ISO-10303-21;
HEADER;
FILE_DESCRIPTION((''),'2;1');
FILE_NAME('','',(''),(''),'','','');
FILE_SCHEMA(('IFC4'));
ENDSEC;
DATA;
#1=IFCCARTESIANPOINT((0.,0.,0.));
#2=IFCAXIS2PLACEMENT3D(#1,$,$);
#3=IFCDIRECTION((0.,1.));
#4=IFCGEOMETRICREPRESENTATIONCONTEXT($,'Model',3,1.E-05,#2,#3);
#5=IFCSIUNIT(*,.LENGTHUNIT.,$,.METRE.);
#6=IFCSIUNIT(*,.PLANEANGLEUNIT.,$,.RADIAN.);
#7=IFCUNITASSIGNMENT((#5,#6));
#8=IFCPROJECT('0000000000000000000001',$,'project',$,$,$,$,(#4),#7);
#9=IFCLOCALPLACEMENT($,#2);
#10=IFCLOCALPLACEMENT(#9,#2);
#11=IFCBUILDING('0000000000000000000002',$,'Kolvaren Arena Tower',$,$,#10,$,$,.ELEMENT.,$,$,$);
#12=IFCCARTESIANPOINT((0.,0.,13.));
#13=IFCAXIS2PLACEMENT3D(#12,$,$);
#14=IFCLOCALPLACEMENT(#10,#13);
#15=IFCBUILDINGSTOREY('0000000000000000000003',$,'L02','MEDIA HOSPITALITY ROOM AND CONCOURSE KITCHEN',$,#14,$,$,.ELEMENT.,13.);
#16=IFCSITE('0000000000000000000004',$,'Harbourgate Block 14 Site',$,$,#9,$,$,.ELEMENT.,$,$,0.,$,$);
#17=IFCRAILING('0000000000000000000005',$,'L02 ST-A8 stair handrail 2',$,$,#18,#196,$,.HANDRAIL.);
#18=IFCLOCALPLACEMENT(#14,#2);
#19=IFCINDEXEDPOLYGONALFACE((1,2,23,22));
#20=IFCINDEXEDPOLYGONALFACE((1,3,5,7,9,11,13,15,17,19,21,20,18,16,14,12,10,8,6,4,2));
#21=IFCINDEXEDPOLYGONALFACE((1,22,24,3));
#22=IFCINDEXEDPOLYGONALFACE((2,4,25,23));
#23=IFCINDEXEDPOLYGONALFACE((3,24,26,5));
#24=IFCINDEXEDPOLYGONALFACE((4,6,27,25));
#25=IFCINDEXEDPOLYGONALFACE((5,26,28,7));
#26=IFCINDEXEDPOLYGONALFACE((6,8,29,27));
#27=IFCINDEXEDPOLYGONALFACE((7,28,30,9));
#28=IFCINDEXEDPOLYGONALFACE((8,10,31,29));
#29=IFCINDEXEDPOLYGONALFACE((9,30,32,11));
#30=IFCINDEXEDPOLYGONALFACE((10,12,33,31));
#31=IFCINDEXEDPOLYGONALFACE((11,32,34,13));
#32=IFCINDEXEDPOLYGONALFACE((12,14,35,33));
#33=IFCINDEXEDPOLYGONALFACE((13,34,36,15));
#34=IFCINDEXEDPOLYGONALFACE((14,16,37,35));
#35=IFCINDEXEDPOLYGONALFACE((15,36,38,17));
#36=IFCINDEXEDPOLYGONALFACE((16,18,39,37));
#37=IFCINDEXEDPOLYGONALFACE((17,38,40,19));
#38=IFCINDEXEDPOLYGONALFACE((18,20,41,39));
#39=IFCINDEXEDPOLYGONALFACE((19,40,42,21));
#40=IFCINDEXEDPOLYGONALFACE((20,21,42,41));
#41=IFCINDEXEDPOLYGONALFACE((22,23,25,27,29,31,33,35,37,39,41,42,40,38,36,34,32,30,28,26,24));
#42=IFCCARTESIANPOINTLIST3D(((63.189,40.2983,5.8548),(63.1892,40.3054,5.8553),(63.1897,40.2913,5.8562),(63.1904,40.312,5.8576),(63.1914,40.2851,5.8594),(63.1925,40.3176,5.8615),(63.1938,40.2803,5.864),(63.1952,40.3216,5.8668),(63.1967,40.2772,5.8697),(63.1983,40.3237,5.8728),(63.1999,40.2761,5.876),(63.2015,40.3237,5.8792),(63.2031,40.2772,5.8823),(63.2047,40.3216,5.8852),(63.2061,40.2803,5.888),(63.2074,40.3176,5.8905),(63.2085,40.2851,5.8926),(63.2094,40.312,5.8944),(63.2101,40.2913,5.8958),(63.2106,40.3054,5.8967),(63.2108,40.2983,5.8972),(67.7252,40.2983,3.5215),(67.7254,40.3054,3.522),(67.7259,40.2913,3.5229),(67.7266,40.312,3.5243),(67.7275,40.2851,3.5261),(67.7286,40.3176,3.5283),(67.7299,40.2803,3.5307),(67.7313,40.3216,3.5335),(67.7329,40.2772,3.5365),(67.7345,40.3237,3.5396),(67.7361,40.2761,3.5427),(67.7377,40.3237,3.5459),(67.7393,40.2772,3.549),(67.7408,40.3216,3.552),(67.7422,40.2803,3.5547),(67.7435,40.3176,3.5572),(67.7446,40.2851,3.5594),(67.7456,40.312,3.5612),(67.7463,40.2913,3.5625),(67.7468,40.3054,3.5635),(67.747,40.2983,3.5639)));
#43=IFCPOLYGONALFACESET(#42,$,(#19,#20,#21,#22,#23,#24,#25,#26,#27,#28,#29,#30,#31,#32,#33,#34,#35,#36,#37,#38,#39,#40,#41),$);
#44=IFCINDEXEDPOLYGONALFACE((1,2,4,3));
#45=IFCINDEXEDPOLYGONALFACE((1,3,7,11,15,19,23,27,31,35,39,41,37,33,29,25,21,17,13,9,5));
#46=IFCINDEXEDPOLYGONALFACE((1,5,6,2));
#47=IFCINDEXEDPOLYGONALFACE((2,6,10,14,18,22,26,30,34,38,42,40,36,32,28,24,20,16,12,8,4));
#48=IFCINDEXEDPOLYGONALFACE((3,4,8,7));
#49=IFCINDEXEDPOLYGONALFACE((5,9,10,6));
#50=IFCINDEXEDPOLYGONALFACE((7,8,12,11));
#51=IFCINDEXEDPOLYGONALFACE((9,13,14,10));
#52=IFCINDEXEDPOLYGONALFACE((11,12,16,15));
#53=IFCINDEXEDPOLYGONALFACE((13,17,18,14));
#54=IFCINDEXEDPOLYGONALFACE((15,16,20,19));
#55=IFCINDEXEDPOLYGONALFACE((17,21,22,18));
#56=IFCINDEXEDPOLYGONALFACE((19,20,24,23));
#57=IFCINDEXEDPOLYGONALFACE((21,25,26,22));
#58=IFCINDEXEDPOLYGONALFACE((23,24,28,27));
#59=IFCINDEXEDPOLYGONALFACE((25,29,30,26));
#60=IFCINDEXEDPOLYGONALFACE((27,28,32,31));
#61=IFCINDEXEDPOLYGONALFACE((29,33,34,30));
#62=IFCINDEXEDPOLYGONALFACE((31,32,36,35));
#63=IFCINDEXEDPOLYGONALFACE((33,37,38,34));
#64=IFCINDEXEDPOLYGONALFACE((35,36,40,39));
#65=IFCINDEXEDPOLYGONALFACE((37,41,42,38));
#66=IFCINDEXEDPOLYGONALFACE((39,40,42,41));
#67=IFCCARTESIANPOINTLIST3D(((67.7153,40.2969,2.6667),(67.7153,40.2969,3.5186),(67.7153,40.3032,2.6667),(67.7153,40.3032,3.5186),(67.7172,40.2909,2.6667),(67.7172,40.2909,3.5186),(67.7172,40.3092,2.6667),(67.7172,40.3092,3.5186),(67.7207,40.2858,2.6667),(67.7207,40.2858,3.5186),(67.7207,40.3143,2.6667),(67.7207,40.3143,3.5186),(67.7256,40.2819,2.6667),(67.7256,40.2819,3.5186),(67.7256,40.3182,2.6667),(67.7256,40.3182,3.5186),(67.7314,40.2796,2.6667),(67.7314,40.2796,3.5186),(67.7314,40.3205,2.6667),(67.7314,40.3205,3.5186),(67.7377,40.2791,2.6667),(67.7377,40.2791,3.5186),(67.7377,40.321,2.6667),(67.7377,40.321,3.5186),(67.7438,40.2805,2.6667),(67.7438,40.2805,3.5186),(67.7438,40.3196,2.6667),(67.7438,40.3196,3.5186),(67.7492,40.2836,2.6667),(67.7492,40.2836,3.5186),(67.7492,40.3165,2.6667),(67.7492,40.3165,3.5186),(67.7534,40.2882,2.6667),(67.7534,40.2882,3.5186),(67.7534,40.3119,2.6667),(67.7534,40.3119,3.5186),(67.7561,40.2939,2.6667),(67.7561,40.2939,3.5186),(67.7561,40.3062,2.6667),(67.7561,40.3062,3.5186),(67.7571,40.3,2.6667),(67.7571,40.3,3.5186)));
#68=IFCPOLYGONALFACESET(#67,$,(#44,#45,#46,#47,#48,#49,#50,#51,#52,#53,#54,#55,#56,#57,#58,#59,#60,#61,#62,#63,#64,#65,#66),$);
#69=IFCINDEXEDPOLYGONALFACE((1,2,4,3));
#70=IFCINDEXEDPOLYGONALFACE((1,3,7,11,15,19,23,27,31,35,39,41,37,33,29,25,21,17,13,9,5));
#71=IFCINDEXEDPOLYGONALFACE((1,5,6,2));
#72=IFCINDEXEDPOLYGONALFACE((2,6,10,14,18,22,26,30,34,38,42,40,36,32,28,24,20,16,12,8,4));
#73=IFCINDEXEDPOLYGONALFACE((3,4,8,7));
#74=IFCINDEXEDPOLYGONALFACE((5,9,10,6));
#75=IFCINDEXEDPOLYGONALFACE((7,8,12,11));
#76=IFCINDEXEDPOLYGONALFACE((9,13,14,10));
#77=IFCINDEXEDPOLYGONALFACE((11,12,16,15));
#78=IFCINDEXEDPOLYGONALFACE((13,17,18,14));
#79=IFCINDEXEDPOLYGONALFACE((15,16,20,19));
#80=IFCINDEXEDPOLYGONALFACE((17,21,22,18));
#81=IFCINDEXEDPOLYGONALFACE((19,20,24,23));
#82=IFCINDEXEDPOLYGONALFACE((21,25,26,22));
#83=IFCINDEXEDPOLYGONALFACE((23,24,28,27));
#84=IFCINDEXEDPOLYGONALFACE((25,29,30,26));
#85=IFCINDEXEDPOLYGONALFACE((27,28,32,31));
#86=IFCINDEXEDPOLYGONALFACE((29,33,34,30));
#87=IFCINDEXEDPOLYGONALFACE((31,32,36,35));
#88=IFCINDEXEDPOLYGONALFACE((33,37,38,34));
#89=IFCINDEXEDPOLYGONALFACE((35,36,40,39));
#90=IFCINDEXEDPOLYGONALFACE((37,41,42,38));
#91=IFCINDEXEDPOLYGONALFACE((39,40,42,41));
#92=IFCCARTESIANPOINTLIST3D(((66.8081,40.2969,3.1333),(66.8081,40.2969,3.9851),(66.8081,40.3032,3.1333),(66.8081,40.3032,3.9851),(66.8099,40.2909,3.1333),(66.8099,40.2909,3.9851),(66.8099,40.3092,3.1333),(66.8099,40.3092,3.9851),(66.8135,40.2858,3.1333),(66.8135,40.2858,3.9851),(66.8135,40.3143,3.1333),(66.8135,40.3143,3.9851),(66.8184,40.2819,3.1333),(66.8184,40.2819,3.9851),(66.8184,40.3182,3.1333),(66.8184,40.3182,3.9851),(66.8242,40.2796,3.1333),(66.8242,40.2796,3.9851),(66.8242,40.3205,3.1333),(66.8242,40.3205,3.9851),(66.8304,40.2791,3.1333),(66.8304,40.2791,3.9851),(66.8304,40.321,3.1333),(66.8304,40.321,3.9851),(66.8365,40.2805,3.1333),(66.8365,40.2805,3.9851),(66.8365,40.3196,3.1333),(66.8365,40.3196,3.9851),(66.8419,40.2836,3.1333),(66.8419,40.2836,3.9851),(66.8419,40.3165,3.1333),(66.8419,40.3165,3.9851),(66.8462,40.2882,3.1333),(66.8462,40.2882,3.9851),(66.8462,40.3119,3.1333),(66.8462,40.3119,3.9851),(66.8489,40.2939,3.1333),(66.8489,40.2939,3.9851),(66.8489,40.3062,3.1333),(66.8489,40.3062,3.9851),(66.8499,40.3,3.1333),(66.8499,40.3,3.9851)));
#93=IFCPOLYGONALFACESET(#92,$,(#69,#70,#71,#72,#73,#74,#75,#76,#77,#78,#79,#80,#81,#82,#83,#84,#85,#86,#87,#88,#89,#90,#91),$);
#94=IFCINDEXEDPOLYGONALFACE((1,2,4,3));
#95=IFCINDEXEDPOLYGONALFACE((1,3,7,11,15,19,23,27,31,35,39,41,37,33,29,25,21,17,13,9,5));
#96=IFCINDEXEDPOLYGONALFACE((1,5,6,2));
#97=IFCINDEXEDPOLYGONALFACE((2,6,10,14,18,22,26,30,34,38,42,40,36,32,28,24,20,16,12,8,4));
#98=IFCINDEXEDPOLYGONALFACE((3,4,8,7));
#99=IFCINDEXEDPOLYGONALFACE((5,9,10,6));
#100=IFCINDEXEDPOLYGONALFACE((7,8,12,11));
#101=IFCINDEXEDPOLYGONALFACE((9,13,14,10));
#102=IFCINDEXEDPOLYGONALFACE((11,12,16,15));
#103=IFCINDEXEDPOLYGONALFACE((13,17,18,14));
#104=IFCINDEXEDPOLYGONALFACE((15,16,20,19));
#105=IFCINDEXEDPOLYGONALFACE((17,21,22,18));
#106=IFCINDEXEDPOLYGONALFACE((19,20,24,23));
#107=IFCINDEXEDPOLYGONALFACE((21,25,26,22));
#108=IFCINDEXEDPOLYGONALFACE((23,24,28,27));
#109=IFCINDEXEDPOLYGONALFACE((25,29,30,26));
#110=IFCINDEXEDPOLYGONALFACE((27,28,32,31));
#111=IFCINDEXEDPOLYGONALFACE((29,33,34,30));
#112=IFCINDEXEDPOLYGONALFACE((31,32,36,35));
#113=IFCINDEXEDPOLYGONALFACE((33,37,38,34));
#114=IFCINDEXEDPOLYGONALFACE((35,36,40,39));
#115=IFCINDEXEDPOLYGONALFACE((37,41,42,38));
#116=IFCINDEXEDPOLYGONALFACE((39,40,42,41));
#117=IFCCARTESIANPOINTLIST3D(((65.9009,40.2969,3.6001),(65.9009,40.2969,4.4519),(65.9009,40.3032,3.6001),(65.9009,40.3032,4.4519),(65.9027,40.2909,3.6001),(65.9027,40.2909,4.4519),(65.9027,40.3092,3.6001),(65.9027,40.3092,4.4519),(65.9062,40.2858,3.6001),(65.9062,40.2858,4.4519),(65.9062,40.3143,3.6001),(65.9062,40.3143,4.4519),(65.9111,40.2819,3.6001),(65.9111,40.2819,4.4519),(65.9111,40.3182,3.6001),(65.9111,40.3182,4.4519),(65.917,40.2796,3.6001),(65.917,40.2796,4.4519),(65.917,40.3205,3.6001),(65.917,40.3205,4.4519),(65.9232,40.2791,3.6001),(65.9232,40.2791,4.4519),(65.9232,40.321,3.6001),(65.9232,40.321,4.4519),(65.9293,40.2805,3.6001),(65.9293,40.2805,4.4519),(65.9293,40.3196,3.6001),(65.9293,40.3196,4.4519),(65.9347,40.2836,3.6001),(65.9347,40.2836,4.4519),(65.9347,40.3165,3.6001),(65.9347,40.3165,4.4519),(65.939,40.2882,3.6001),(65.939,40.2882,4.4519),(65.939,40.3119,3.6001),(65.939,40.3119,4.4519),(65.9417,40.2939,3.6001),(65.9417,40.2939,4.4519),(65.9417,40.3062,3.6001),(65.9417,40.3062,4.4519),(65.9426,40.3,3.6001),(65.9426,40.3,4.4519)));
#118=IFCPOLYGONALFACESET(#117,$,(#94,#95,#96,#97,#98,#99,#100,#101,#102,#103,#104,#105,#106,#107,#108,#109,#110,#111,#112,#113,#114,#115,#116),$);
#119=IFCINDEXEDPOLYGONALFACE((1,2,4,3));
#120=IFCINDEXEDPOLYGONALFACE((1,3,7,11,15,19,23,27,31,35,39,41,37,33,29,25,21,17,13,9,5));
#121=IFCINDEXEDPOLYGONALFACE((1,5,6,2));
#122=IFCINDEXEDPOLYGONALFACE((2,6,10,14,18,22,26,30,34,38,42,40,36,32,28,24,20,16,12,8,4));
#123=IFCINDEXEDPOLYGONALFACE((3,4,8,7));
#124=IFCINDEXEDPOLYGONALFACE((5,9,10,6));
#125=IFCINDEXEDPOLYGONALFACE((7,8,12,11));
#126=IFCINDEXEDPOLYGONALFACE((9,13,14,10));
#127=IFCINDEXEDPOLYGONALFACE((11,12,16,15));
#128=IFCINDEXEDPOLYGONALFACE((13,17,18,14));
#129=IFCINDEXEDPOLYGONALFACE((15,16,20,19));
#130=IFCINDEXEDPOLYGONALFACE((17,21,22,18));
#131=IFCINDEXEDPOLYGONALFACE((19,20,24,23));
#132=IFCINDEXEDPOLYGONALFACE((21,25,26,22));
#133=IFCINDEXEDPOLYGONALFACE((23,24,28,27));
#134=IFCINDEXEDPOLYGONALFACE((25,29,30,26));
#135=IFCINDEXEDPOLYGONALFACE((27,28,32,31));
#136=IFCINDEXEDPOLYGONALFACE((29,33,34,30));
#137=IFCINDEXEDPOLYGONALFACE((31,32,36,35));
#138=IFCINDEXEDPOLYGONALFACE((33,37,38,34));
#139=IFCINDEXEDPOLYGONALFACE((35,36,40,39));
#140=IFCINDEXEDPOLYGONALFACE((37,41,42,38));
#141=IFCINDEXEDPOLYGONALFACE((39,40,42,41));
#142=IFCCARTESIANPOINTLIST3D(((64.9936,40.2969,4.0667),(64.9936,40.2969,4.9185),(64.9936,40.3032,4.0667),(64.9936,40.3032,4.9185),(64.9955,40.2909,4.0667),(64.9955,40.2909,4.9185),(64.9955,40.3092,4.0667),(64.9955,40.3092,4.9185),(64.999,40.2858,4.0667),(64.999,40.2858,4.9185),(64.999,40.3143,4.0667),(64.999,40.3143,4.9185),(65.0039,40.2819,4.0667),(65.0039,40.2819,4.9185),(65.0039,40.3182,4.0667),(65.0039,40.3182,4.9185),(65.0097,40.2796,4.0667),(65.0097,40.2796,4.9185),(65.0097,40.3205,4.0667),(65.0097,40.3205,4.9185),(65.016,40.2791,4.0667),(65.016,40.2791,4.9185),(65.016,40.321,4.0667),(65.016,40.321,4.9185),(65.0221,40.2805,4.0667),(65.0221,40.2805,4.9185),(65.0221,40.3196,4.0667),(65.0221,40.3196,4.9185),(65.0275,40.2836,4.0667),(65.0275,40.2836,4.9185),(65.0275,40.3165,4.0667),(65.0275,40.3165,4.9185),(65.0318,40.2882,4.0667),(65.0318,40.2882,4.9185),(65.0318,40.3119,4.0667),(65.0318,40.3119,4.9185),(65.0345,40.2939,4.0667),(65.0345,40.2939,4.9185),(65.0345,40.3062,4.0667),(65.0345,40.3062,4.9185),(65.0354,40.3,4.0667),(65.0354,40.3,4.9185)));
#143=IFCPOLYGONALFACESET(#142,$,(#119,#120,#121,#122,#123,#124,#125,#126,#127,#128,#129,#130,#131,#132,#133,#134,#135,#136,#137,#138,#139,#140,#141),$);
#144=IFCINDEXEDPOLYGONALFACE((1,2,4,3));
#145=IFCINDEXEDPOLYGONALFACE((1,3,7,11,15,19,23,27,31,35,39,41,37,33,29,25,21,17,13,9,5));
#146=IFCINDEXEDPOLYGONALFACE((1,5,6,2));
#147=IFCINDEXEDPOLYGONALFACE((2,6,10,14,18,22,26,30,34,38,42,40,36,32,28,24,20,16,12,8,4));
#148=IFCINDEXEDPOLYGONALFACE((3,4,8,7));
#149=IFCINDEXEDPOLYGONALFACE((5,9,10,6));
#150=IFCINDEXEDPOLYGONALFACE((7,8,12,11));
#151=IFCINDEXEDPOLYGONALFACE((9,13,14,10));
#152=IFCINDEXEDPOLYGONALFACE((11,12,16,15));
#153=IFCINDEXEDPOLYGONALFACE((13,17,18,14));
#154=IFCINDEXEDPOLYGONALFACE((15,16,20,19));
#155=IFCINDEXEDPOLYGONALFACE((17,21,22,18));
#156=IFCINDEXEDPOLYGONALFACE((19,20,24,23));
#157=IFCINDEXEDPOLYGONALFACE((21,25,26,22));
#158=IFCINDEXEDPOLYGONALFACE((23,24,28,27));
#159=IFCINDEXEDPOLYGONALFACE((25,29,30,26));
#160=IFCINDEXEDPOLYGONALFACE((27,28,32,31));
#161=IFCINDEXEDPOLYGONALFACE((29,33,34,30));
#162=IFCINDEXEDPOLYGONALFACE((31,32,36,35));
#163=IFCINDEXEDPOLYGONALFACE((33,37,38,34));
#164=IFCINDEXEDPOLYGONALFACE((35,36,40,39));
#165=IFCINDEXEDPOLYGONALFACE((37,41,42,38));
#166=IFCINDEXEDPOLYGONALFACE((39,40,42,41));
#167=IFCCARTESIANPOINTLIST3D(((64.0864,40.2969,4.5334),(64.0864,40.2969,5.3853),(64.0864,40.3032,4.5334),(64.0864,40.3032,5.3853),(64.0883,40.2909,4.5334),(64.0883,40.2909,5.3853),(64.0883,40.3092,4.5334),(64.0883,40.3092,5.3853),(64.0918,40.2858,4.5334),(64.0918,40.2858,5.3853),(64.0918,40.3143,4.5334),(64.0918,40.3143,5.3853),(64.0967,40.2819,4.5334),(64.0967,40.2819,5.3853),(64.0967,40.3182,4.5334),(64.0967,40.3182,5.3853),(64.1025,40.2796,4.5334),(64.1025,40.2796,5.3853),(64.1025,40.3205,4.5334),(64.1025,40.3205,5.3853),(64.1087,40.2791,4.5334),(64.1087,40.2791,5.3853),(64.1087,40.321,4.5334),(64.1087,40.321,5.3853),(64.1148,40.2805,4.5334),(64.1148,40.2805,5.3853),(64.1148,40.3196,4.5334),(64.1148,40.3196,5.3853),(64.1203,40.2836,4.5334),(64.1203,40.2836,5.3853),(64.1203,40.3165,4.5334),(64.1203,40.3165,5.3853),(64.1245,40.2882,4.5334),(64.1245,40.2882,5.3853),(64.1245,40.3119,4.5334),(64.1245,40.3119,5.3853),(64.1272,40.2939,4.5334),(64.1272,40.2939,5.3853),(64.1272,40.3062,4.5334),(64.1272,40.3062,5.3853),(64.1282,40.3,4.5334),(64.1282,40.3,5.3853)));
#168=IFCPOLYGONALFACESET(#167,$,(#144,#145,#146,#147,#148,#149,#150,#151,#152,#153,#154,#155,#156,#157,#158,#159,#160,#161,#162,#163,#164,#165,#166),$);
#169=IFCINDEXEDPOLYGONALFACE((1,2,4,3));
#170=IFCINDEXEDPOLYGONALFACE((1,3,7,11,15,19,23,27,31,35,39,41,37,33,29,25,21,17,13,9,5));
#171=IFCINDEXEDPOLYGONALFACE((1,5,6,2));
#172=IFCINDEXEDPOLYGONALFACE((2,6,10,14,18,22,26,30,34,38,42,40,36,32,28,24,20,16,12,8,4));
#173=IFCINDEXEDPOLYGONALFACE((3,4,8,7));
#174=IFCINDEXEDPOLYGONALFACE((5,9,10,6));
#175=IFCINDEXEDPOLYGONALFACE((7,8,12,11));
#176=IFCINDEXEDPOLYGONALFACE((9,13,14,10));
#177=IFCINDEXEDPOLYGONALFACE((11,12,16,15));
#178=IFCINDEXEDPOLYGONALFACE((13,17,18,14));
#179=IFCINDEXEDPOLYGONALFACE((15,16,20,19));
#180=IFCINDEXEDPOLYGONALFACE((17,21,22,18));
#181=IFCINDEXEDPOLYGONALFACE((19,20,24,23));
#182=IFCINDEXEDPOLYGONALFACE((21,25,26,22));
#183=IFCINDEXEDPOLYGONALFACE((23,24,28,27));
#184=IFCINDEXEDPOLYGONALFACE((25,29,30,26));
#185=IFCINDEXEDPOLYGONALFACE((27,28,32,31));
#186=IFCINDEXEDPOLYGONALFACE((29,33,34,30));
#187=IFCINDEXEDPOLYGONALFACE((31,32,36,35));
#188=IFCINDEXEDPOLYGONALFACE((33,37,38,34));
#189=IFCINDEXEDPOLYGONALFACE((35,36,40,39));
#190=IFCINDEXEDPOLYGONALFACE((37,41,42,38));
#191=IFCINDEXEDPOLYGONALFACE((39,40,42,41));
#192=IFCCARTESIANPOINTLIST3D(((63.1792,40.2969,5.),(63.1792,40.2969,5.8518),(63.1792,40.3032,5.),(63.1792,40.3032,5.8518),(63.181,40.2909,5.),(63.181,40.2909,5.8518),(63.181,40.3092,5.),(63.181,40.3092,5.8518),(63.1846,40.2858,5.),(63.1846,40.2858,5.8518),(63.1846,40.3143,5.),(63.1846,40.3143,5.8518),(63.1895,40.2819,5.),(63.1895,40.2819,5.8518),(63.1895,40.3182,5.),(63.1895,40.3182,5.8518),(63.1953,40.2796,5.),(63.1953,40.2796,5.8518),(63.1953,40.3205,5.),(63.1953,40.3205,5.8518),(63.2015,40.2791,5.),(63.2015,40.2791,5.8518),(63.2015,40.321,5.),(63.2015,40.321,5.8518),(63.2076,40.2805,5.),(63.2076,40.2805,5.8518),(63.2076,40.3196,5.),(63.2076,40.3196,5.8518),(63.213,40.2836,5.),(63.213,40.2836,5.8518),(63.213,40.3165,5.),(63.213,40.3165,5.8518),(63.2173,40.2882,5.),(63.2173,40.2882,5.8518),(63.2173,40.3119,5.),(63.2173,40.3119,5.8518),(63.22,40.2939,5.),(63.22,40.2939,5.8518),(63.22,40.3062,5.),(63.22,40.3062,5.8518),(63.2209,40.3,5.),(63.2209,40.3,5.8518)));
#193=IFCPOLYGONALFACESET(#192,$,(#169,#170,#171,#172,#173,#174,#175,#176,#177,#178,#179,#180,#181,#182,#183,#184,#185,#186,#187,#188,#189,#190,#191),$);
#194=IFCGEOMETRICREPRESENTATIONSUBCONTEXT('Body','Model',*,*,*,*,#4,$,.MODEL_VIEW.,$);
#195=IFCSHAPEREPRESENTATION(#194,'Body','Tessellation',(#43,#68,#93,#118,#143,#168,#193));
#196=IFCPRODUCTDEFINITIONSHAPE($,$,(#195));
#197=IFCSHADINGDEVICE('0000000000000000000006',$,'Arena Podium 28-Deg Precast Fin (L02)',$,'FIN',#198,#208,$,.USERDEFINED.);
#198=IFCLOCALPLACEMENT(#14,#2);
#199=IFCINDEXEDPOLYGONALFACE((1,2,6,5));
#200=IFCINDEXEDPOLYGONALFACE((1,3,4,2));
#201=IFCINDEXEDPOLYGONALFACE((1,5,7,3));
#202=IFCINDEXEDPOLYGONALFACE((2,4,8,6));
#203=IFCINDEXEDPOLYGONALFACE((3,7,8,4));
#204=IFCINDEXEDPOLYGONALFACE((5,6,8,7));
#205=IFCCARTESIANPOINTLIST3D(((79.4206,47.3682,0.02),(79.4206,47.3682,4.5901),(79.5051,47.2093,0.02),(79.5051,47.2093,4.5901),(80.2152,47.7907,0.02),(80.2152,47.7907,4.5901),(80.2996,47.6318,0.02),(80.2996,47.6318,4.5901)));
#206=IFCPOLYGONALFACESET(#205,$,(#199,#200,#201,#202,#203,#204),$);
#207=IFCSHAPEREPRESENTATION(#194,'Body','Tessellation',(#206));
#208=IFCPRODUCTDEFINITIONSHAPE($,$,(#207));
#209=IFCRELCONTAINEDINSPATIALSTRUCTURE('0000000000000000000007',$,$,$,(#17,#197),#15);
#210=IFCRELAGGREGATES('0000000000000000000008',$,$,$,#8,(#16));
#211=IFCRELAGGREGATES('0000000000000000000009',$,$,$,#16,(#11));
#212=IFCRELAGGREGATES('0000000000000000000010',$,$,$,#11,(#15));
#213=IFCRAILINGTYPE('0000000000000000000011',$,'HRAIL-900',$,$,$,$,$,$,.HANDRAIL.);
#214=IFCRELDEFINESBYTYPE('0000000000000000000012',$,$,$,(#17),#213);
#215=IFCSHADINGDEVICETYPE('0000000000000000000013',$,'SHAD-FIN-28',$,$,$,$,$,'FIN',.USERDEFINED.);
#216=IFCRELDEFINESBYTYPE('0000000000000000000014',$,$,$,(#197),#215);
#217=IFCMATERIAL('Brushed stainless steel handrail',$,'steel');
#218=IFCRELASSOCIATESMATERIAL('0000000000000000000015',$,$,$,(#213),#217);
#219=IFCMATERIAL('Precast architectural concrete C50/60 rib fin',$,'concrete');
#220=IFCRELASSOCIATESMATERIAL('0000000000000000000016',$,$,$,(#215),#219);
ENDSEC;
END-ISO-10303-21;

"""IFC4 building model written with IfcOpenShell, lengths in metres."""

from ifc_helpers import new_model, si_unit, direction, frame, origin, origin_2d, place, context, subcontext, project, spatial, rectangle, circle, extrude, material, type_object, element, save


model = new_model("IFC4")

# Units and contexts
model_context = context("Model", 3, precision=1e-05, world=origin(), true_north=direction((0.0, 1.0)))
body_context = subcontext(model_context, "Body", "Model", "MODEL_VIEW")
ifc_project = project(units=[si_unit("LENGTHUNIT", "METRE"), si_unit("PLANEANGLEUNIT", "RADIAN")], contexts=[model_context])

# Site, building, storey
site_placement = place(None, origin())
site = spatial("IfcSite", under=ifc_project, at=site_placement, Name="Harbourgate Block 14 Site", CompositionType="ELEMENT", RefElevation=0.0)
building_placement = place(site_placement, origin())
building = spatial("IfcBuilding", under=site, at=building_placement, Name="Kolvaren Arena Tower", CompositionType="ELEMENT")
storey_placement = place(building_placement, frame((0.0, 0.0, 13.0)))
storey = spatial("IfcBuildingStorey", under=building, at=storey_placement, Name="L02", Description="MEDIA HOSPITALITY ROOM AND CONCOURSE KITCHEN", CompositionType="ELEMENT", Elevation=13.0)

# Railing
ifc_material_1 = material(Name="Brushed stainless steel handrail", Category="steel")
railing_type = type_object("IfcRailingType", Name="HRAIL-900", PredefinedType="HANDRAIL", material=ifc_material_1)
railing_placement = place(storey_placement, frame((67.7361, 40.3, 2.6667)))
element("IfcRailing", 1, at=railing_placement, inside=storey, type_object=railing_type, Name="L02 ST-A8 stair handrail 2", PredefinedType="HANDRAIL", context=body_context, shape_type="SweptSolid", body=[
    extrude(circle(Radius=0.0239, at=origin_2d()), frame((0.0, 0.0, 0.876), z_axis=(-0.889257, 0.0, 0.457407), x_axis=(0.0, -1.0, 0.0)), (0.0, 0.0, 1.0), 5.1011),
    extrude(circle(Radius=0.021, at=origin_2d()), origin(), (0.0, 0.0, 1.0), 0.8518),
    extrude(circle(Radius=0.021, at=origin_2d()), frame((-0.9072, 0.0, 0.4666)), (0.0, 0.0, 1.0), 0.8518),
    extrude(circle(Radius=0.021, at=origin_2d()), frame((-1.8145, 0.0, 0.9333)), (0.0, 0.0, 1.0), 0.8518),
    extrude(circle(Radius=0.021, at=origin_2d()), frame((-2.7217, 0.0, 1.3999)), (0.0, 0.0, 1.0), 0.8518),
    extrude(circle(Radius=0.021, at=origin_2d()), frame((-3.6289, 0.0, 1.8667)), (0.0, 0.0, 1.0), 0.8518),
    extrude(circle(Radius=0.021, at=origin_2d()), frame((-4.5361, 0.0, 2.3333)), (0.0, 0.0, 1.0), 0.8518),
])

# Shading device
ifc_material_2 = material(Name="Precast architectural concrete C50/60 rib fin", Category="concrete")
shading_device_type = type_object("IfcShadingDeviceType", Name="SHAD-FIN-28", ElementType="FIN", PredefinedType="USERDEFINED", material=ifc_material_2)
for number, where, z_axis, x_axis, name in (
    (2, (79.8601, 47.5, 0.02), (0.0, 0.0, 1.0), (0.882948, 0.469472, 0.0), "Arena Podium 28-Deg Precast Fin (L02)"),
):
    element("IfcShadingDevice", number, at=place(storey_placement, frame(where, z_axis=z_axis, x_axis=x_axis)), inside=storey, type_object=shading_device_type, Name=name, ObjectType="FIN", PredefinedType="USERDEFINED", context=body_context, shape_type="SweptSolid", body=[
        extrude(rectangle(XDim=0.8999, YDim=0.1799, at=origin_2d()), origin(), (0.0, 0.0, 1.0), 4.5701),
    ])

save(model, "model.ifc")
